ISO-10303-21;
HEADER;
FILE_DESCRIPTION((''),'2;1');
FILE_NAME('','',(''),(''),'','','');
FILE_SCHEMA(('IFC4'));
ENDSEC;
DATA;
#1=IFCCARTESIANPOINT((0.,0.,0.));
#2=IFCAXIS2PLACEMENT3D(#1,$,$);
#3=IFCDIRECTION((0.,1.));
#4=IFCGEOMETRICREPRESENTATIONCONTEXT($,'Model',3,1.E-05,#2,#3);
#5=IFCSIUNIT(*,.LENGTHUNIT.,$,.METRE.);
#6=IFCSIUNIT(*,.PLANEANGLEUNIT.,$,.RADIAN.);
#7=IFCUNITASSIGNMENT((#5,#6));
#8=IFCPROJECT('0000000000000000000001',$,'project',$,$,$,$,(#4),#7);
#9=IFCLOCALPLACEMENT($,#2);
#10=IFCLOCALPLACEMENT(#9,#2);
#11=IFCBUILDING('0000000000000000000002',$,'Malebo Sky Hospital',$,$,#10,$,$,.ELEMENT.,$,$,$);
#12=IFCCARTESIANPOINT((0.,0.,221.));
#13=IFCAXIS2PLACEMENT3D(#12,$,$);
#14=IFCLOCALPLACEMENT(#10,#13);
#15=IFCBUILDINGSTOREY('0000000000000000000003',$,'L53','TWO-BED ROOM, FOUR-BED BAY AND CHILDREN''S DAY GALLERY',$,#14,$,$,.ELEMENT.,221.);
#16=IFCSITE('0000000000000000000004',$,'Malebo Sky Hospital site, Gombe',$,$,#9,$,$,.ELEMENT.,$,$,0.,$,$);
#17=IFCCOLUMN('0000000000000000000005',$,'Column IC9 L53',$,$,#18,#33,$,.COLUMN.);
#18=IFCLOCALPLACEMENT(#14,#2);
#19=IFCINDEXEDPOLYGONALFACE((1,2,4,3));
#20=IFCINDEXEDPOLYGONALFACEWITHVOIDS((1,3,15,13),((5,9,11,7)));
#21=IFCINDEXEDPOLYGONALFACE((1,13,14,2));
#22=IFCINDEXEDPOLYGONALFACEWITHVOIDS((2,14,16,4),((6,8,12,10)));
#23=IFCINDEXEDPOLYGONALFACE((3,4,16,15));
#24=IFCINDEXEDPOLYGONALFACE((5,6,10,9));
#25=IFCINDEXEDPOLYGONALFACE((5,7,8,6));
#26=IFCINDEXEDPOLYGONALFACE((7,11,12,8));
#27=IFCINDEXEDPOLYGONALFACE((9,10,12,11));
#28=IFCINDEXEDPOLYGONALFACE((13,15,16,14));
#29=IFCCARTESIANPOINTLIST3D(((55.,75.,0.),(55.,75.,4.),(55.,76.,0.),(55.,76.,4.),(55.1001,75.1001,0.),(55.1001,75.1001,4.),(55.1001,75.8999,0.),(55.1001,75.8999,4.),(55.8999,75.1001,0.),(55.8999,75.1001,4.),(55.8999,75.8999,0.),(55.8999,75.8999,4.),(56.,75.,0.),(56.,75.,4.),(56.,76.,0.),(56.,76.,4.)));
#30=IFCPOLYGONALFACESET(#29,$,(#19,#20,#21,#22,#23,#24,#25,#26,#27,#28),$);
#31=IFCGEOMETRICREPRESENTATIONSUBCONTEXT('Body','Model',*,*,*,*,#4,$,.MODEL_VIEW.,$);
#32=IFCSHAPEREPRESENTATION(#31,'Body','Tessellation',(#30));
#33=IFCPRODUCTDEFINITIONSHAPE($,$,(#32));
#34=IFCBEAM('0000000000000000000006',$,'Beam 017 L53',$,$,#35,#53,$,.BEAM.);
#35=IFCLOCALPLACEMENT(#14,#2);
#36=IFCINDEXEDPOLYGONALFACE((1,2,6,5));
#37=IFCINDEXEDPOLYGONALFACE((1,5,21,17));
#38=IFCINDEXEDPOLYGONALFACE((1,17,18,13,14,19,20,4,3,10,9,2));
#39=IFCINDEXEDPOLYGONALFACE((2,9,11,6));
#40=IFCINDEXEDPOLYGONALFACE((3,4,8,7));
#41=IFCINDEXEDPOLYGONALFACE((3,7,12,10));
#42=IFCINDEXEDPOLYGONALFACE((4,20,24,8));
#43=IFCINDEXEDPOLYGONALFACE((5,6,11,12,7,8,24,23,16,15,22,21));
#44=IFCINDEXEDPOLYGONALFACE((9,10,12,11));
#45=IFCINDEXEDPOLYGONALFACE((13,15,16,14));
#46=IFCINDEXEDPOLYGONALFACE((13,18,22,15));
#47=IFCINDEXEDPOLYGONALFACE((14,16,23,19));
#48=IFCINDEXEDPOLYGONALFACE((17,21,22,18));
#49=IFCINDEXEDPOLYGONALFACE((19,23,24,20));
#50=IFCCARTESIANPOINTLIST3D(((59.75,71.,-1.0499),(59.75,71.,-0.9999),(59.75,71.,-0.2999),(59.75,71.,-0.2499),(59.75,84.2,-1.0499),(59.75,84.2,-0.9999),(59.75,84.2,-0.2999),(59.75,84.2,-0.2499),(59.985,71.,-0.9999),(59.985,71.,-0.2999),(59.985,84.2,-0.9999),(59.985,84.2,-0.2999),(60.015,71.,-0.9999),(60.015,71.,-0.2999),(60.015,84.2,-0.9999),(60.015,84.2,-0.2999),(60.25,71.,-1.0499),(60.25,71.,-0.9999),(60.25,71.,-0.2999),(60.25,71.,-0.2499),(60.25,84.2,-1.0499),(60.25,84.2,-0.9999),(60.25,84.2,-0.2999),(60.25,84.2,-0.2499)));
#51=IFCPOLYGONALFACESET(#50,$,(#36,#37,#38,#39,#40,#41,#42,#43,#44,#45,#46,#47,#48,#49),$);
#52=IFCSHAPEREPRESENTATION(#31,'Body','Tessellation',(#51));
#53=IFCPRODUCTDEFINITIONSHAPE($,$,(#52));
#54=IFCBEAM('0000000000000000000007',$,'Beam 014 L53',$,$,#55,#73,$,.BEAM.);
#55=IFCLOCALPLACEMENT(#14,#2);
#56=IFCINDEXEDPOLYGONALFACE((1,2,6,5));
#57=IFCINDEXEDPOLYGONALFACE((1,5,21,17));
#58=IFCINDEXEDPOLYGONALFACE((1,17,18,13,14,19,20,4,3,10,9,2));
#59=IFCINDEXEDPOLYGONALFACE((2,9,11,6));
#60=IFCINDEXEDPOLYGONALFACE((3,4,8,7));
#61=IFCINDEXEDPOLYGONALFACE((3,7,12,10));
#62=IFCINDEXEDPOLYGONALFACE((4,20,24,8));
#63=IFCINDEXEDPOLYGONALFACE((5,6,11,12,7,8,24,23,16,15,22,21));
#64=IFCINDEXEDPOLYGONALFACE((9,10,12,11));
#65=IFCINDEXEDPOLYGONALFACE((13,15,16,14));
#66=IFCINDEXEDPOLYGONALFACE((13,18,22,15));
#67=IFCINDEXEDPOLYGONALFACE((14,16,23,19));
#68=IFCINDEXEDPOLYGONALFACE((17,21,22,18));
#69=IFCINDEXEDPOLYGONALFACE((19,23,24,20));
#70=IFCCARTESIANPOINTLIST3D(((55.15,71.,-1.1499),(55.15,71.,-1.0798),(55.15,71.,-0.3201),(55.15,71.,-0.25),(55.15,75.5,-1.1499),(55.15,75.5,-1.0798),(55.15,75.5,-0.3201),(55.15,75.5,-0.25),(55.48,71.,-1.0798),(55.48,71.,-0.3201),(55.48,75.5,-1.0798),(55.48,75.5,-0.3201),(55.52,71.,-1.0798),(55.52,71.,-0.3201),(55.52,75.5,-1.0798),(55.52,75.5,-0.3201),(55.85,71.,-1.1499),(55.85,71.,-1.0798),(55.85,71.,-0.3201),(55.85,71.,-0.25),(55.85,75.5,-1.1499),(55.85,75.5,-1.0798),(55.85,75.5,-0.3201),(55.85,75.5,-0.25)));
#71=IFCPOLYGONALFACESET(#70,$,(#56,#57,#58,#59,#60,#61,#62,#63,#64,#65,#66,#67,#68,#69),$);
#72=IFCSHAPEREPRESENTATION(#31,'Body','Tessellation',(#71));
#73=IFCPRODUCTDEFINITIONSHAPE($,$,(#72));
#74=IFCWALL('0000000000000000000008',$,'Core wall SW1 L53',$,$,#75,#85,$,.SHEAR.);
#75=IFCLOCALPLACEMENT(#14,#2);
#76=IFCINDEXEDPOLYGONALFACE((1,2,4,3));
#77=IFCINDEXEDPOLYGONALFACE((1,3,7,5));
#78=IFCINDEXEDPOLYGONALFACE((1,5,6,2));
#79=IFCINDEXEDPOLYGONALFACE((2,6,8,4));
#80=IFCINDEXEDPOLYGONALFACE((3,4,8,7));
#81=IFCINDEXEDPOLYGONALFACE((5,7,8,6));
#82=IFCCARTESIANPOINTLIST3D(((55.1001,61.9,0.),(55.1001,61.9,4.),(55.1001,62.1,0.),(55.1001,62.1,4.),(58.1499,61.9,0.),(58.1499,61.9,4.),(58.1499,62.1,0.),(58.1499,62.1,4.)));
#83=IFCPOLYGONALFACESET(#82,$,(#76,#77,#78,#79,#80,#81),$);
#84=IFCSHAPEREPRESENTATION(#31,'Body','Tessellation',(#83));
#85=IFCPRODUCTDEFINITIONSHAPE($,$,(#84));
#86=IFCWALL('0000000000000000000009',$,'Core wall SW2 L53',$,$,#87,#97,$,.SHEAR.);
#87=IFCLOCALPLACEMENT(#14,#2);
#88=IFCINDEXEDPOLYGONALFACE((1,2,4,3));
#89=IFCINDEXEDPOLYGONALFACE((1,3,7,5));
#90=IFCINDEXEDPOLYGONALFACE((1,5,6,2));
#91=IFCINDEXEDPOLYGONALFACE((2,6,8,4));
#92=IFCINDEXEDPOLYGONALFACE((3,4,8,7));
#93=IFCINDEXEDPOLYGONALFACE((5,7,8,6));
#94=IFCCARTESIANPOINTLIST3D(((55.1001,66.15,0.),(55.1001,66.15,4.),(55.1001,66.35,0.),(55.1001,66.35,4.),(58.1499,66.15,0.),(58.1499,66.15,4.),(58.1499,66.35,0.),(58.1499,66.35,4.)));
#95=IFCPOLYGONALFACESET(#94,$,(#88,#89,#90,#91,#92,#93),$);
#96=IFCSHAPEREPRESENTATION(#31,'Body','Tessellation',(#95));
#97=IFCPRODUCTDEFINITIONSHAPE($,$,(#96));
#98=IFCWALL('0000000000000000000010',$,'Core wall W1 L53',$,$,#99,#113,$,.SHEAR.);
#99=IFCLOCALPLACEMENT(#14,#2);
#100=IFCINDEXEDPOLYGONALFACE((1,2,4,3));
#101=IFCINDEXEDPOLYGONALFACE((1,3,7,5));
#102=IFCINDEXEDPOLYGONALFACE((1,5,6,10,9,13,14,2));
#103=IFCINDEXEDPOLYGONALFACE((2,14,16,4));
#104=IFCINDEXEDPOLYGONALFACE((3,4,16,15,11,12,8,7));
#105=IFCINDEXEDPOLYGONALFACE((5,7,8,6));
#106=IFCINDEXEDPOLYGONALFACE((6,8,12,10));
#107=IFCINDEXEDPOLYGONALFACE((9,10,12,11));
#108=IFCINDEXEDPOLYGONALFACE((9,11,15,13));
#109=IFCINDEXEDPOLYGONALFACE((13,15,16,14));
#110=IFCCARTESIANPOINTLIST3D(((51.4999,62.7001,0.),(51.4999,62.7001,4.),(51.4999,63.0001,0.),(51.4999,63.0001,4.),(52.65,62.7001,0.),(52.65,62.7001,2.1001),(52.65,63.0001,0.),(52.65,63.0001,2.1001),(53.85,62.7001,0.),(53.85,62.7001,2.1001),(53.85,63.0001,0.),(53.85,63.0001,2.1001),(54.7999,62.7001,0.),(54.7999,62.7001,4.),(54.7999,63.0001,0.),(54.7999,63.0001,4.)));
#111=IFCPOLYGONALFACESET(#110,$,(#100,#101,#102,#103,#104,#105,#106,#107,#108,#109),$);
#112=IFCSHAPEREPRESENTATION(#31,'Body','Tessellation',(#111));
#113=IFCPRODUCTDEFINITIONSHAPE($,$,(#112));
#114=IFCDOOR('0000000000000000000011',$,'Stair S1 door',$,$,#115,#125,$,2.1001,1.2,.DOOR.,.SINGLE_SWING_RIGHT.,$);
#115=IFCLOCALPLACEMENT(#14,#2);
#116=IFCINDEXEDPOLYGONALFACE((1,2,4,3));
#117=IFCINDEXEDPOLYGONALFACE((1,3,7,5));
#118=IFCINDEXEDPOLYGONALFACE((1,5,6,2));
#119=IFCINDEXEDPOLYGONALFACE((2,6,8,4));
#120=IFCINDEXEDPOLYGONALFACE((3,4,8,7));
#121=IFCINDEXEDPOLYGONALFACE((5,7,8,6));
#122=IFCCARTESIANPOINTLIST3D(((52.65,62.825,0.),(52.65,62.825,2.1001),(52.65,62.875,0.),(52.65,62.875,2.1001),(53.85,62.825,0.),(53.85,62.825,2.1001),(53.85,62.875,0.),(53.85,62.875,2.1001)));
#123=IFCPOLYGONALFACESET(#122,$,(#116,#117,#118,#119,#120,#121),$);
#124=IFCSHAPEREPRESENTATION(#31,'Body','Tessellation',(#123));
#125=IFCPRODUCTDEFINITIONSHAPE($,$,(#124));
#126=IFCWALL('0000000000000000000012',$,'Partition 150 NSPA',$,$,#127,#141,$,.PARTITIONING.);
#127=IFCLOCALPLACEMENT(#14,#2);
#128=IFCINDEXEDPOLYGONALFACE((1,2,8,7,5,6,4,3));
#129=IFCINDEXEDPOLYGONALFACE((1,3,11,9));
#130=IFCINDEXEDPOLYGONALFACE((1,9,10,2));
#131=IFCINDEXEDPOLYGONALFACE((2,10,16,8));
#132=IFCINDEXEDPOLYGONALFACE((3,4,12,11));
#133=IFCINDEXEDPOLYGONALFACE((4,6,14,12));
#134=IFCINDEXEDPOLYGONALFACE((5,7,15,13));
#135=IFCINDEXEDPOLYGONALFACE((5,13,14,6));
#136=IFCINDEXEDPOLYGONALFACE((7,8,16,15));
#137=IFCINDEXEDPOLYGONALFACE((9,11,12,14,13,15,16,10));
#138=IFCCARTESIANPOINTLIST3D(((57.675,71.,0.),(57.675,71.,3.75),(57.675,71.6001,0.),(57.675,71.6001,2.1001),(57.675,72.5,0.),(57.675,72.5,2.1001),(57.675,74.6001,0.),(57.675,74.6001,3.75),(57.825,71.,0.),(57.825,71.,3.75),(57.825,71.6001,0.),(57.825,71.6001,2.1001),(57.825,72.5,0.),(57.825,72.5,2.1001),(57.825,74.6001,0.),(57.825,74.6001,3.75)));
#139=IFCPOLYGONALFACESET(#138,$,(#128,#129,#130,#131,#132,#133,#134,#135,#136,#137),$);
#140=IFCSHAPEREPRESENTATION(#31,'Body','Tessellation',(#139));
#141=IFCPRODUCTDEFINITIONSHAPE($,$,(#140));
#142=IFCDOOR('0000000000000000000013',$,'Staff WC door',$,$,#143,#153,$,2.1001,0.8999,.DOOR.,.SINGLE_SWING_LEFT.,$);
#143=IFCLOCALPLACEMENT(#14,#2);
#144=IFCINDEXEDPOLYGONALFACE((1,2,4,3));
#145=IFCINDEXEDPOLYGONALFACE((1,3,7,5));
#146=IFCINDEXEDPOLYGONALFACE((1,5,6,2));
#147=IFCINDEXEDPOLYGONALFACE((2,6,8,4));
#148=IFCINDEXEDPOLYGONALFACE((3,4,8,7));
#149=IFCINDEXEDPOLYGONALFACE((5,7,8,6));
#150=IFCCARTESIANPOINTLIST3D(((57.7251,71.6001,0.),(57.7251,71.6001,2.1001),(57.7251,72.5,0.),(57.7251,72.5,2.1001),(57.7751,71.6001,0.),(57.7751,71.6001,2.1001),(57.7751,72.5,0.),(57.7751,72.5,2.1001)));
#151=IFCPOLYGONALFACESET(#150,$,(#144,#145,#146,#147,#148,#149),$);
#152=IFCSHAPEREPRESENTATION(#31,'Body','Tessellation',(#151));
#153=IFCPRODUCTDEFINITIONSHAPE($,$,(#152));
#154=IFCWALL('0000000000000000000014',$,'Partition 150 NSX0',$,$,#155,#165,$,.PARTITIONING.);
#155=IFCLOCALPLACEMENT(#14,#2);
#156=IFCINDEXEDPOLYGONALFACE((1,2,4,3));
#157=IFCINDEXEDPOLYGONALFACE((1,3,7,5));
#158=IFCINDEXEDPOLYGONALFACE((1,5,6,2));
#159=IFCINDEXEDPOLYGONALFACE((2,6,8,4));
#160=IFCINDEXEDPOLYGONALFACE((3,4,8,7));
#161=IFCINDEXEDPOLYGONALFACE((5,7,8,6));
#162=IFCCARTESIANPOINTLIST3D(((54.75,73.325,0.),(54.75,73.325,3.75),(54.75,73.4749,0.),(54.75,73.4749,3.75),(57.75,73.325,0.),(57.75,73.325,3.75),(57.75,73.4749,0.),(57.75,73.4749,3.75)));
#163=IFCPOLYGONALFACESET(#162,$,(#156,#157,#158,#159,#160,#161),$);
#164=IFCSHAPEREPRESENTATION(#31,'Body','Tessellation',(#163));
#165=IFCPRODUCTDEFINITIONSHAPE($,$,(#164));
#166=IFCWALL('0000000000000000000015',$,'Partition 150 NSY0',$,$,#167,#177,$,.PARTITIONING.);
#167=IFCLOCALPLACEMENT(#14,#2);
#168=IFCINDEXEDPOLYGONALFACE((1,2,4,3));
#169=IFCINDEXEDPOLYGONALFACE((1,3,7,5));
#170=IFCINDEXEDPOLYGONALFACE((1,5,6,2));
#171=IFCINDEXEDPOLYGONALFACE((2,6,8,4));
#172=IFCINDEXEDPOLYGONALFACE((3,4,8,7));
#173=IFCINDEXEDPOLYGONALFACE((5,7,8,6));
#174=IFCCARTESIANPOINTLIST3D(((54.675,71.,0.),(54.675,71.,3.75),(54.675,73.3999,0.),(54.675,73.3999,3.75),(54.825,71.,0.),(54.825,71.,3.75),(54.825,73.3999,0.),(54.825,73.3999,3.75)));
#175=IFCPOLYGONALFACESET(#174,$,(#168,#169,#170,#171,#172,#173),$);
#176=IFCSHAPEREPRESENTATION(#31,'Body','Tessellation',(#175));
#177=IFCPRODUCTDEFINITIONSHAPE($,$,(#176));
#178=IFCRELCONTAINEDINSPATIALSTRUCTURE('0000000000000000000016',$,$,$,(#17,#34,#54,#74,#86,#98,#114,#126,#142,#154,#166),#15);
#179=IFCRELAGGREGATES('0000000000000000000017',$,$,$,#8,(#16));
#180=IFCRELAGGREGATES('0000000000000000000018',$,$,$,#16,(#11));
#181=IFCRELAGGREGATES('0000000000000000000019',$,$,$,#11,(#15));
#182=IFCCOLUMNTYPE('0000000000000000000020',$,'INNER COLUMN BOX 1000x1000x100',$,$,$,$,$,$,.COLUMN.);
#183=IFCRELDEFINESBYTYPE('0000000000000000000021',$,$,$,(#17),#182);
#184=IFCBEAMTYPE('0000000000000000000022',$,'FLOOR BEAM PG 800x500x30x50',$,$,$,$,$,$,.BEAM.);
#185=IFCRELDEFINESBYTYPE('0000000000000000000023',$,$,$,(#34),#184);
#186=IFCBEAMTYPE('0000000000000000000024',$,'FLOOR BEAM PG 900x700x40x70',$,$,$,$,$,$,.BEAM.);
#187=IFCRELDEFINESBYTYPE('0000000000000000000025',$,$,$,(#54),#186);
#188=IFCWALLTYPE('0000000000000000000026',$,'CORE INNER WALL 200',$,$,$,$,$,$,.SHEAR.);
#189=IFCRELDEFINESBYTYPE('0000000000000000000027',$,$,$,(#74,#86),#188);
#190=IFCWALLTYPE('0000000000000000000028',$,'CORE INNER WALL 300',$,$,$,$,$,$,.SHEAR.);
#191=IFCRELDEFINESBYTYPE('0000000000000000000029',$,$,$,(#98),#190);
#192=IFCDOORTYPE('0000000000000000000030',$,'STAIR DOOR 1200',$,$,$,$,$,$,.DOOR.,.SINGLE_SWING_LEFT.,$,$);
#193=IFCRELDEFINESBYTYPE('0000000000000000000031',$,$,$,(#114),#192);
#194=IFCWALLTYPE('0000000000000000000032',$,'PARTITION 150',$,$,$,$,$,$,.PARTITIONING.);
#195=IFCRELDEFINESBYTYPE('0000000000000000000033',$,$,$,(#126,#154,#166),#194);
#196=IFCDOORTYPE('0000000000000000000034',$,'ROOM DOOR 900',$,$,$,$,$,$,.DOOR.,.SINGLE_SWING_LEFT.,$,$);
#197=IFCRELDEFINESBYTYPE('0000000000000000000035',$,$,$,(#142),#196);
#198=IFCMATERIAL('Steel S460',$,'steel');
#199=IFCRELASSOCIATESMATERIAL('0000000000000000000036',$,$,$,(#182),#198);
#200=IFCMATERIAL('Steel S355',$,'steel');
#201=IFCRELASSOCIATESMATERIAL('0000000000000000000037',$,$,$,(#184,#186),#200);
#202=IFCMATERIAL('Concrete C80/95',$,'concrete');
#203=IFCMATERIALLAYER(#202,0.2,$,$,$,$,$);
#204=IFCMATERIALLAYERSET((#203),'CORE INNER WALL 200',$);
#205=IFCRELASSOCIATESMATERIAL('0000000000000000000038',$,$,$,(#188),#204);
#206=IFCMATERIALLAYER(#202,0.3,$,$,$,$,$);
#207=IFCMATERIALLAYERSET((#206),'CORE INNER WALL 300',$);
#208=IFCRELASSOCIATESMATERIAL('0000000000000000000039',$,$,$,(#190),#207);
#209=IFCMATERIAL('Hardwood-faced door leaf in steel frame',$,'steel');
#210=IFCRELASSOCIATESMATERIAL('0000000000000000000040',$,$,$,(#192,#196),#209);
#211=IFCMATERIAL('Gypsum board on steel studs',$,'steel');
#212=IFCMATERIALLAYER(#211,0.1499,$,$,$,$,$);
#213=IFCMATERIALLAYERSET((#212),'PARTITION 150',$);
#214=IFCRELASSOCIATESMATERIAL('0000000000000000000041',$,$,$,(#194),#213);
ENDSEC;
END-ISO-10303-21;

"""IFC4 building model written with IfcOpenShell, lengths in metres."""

from ifc_helpers import new_model, si_unit, direction, frame, frame_2d, origin, origin_2d, place, context, subcontext, project, spatial, rectangle, hollow_rectangle, i_section, extrude, material, layer, layer_set, material_profile, profile_set, type_object, element, fill, save


model = new_model("IFC4")

# Units and contexts
model_context = context("Model", 3, precision=1e-05, world=origin(), true_north=direction((0.0, 1.0)))
body_context = subcontext(model_context, "Body", "Model", "MODEL_VIEW")
ifc_project = project(units=[si_unit("LENGTHUNIT", "METRE"), si_unit("PLANEANGLEUNIT", "RADIAN")], contexts=[model_context])

# Site, building, storey
site_placement = place(None, origin())
site = spatial("IfcSite", under=ifc_project, at=site_placement, Name="Malebo Sky Hospital site, Gombe", CompositionType="ELEMENT", RefElevation=0.0)
building_placement = place(site_placement, origin())
building = spatial("IfcBuilding", under=site, at=building_placement, Name="Malebo Sky Hospital", CompositionType="ELEMENT")
storey_placement = place(building_placement, frame((0.0, 0.0, 221.0)))
storey = spatial("IfcBuildingStorey", under=building, at=storey_placement, Name="L53", Description="TWO-BED ROOM, FOUR-BED BAY AND CHILDREN'S DAY GALLERY", CompositionType="ELEMENT", Elevation=221.0)

# Column
ifc_material_1 = material(Name="Steel S460", Category="steel")
ifc_material_profile_1 = material_profile(ifc_material_1, hollow_rectangle(XDim=1.0, YDim=1.0, WallThickness=0.1001, at=origin_2d()), Name="BOX 1000x1000x100")
ifc_profile_set_1 = profile_set([ifc_material_profile_1], Name="Steel S460")
column_type = type_object("IfcColumnType", Name="INNER COLUMN BOX 1000x1000x100", PredefinedType="COLUMN", material=ifc_profile_set_1)
column_placement = place(storey_placement, frame((55.5, 75.5, 0.0), z_axis=(0.0, 0.0, 1.0), x_axis=(1.0, 0.0, 0.0)))
element("IfcColumn", 1, at=column_placement, inside=storey, type_object=column_type, Name="Column IC9 L53", PredefinedType="COLUMN", context=body_context, shape_type="SweptSolid", body=[
    extrude(hollow_rectangle(XDim=1.0, YDim=1.0, WallThickness=0.1001, at=origin_2d()), origin(), (0.0, 0.0, 1.0), 4.0),
])

# Beams
ifc_material_2 = material(Name="Steel S355", Category="steel")
ifc_material_profile_2 = material_profile(ifc_material_2, i_section(OverallWidth=0.5, OverallDepth=0.8, WebThickness=0.03, FlangeThickness=0.05, at=origin_2d()), Name="PG 800x500x30x50")
ifc_profile_set_2 = profile_set([ifc_material_profile_2], Name="Steel S355")
beam_type_1 = type_object("IfcBeamType", Name="FLOOR BEAM PG 800x500x30x50", PredefinedType="BEAM", material=ifc_profile_set_2)
beam_1_placement = place(storey_placement, frame((60.0, 71.0, -0.6499), z_axis=(0.0, 1.0, 0.0), x_axis=(-1.0, 0.0, 0.0)))
element("IfcBeam", 2, at=beam_1_placement, inside=storey, type_object=beam_type_1, Name="Beam 017 L53", PredefinedType="BEAM", context=body_context, shape_type="SweptSolid", body=[
    extrude(i_section(OverallWidth=0.5, OverallDepth=0.8, WebThickness=0.03, FlangeThickness=0.05, at=origin_2d()), origin(), (0.0, 0.0, 1.0), 13.2),
])
ifc_material_profile_3 = material_profile(ifc_material_2, i_section(OverallWidth=0.7, OverallDepth=0.8999, WebThickness=0.04, FlangeThickness=0.0701, at=origin_2d()), Name="PG 900x700x40x70")
ifc_profile_set_3 = profile_set([ifc_material_profile_3], Name="Steel S355")
beam_type_2 = type_object("IfcBeamType", Name="FLOOR BEAM PG 900x700x40x70", PredefinedType="BEAM", material=ifc_profile_set_3)
beam_2_placement = place(storey_placement, frame((55.5, 71.0, -0.7), z_axis=(0.0, 1.0, 0.0), x_axis=(-1.0, 0.0, 0.0)))
element("IfcBeam", 3, at=beam_2_placement, inside=storey, type_object=beam_type_2, Name="Beam 014 L53", PredefinedType="BEAM", context=body_context, shape_type="SweptSolid", body=[
    extrude(i_section(OverallWidth=0.7, OverallDepth=0.8999, WebThickness=0.04, FlangeThickness=0.0701, at=origin_2d()), origin(), (0.0, 0.0, 1.0), 4.5),
])

# Walls
ifc_material_3 = material(Name="Concrete C80/95", Category="concrete")
ifc_layer_1 = layer(ifc_material_3, 0.2)
ifc_layer_set_1 = layer_set([ifc_layer_1], Name="CORE INNER WALL 200")
wall_type_1 = type_object("IfcWallType", Name="CORE INNER WALL 200", PredefinedType="SHEAR", material=ifc_layer_set_1)
for number, where, z_axis, x_axis, name in (
    (4, (55.1001, 62.0, 0.0), (0.0, 0.0, 1.0), (1.0, 0.0, 0.0), "Core wall SW1 L53"),
    (5, (55.1001, 66.25, 0.0), (0.0, 0.0, 1.0), (1.0, 0.0, 0.0), "Core wall SW2 L53"),
):
    element("IfcWall", number, at=place(storey_placement, frame(where, z_axis=z_axis, x_axis=x_axis)), inside=storey, type_object=wall_type_1, Name=name, PredefinedType="SHEAR", context=body_context, shape_type="SweptSolid", body=[
        extrude(rectangle(XDim=3.0498, YDim=0.2, at=frame_2d((1.5249, 0.0))), origin(), (0.0, 0.0, 1.0), 4.0),
    ])

# Walls, openings, doors
ifc_layer_2 = layer(ifc_material_3, 0.3)
ifc_layer_set_2 = layer_set([ifc_layer_2], Name="CORE INNER WALL 300")
wall_type_2 = type_object("IfcWallType", Name="CORE INNER WALL 300", PredefinedType="SHEAR", material=ifc_layer_set_2)
wall_1_placement = place(storey_placement, frame((51.5, 62.8501, 0.0), z_axis=(0.0, 0.0, 1.0), x_axis=(1.0, 0.0, 0.0)))
wall_1 = element("IfcWall", 6, at=wall_1_placement, inside=storey, type_object=wall_type_2, Name="Core wall W1 L53", PredefinedType="SHEAR", context=body_context, shape_type="SweptSolid", body=[
    extrude(rectangle(XDim=3.3, YDim=0.3, at=frame_2d((1.6499, 0.0))), origin(), (0.0, 0.0, 1.0), 4.0),
])
opening_1_placement = place(wall_1_placement, frame((1.1499, 0.0, 0.0)))
opening_1 = element("IfcOpeningElement", 7, at=opening_1_placement, cuts=wall_1, PredefinedType="OPENING", context=body_context, shape_type="SweptSolid", body=[
    extrude(rectangle(XDim=1.2, YDim=2.1001, at=frame_2d((0.6001, 1.05))), frame((0.0, 0.1599, 0.0), z_axis=(0.0, -1.0, 0.0), x_axis=(1.0, 0.0, 0.0)), (0.0, 0.0, 1.0), 0.3201),
])
ifc_material_4 = material(Name="Hardwood-faced door leaf in steel frame", Category="steel")
door_type_1 = type_object("IfcDoorType", Name="STAIR DOOR 1200", OperationType="SINGLE_SWING_LEFT", PredefinedType="DOOR", material=ifc_material_4)
door_1_placement = place(opening_1_placement, origin())
door_1 = element("IfcDoor", 8, at=door_1_placement, inside=storey, type_object=door_type_1, Name="Stair S1 door", OperationType="SINGLE_SWING_RIGHT", OverallHeight=2.1001, OverallWidth=1.2, PredefinedType="DOOR", context=body_context, shape_type="SweptSolid", body=[
    extrude(rectangle(XDim=1.2, YDim=2.1001, at=frame_2d((0.6001, 1.05))), frame((0.0, 0.0249, 0.0), z_axis=(0.0, -1.0, 0.0), x_axis=(1.0, 0.0, 0.0)), (0.0, 0.0, 1.0), 0.05),
])
fill(opening_1, door_1)
ifc_material_5 = material(Name="Gypsum board on steel studs", Category="steel")
ifc_layer_3 = layer(ifc_material_5, 0.1499)
ifc_layer_set_3 = layer_set([ifc_layer_3], Name="PARTITION 150")
wall_type_3 = type_object("IfcWallType", Name="PARTITION 150", PredefinedType="PARTITIONING", material=ifc_layer_set_3)
wall_2_placement = place(storey_placement, frame((57.75, 71.0, 0.0), z_axis=(0.0, 0.0, 1.0), x_axis=(0.0, 1.0, 0.0)))
wall_2 = element("IfcWall", 9, at=wall_2_placement, inside=storey, type_object=wall_type_3, Name="Partition 150 NSPA", PredefinedType="PARTITIONING", context=body_context, shape_type="SweptSolid", body=[
    extrude(rectangle(XDim=3.6001, YDim=0.1499, at=frame_2d((1.8, 0.0))), origin(), (0.0, 0.0, 1.0), 3.75),
])
opening_2_placement = place(wall_2_placement, frame((0.6001, 0.0, 0.0)))
opening_2 = element("IfcOpeningElement", 10, at=opening_2_placement, cuts=wall_2, PredefinedType="OPENING", context=body_context, shape_type="SweptSolid", body=[
    extrude(rectangle(XDim=0.8999, YDim=2.1001, at=frame_2d((0.45, 1.05))), frame((0.0, 0.085, 0.0), z_axis=(0.0, -1.0, 0.0), x_axis=(1.0, 0.0, 0.0)), (0.0, 0.0, 1.0), 0.1699),
])
door_type_2 = type_object("IfcDoorType", Name="ROOM DOOR 900", OperationType="SINGLE_SWING_LEFT", PredefinedType="DOOR", material=ifc_material_4)
door_2_placement = place(opening_2_placement, origin())
door_2 = element("IfcDoor", 11, at=door_2_placement, inside=storey, type_object=door_type_2, Name="Staff WC door", OperationType="SINGLE_SWING_LEFT", OverallHeight=2.1001, OverallWidth=0.8999, PredefinedType="DOOR", context=body_context, shape_type="SweptSolid", body=[
    extrude(rectangle(XDim=0.8999, YDim=2.1001, at=frame_2d((0.45, 1.05))), frame((0.0, 0.0249, 0.0), z_axis=(0.0, -1.0, 0.0), x_axis=(1.0, 0.0, 0.0)), (0.0, 0.0, 1.0), 0.05),
])
fill(opening_2, door_2)

# Walls
wall_3_placement = place(storey_placement, frame((54.75, 73.3999, 0.0), z_axis=(0.0, 0.0, 1.0), x_axis=(1.0, 0.0, 0.0)))
element("IfcWall", 12, at=wall_3_placement, inside=storey, type_object=wall_type_3, Name="Partition 150 NSX0", PredefinedType="PARTITIONING", context=body_context, shape_type="SweptSolid", body=[
    extrude(rectangle(XDim=3.0, YDim=0.1499, at=frame_2d((1.5, 0.0))), origin(), (0.0, 0.0, 1.0), 3.75),
])
wall_4_placement = place(storey_placement, frame((54.75, 71.0, 0.0), z_axis=(0.0, 0.0, 1.0), x_axis=(0.0, 1.0, 0.0)))
element("IfcWall", 13, at=wall_4_placement, inside=storey, type_object=wall_type_3, Name="Partition 150 NSY0", PredefinedType="PARTITIONING", context=body_context, shape_type="SweptSolid", body=[
    extrude(rectangle(XDim=2.3999, YDim=0.1499, at=frame_2d((1.2, 0.0))), origin(), (0.0, 0.0, 1.0), 3.75),
])

save(model, "model.ifc")
